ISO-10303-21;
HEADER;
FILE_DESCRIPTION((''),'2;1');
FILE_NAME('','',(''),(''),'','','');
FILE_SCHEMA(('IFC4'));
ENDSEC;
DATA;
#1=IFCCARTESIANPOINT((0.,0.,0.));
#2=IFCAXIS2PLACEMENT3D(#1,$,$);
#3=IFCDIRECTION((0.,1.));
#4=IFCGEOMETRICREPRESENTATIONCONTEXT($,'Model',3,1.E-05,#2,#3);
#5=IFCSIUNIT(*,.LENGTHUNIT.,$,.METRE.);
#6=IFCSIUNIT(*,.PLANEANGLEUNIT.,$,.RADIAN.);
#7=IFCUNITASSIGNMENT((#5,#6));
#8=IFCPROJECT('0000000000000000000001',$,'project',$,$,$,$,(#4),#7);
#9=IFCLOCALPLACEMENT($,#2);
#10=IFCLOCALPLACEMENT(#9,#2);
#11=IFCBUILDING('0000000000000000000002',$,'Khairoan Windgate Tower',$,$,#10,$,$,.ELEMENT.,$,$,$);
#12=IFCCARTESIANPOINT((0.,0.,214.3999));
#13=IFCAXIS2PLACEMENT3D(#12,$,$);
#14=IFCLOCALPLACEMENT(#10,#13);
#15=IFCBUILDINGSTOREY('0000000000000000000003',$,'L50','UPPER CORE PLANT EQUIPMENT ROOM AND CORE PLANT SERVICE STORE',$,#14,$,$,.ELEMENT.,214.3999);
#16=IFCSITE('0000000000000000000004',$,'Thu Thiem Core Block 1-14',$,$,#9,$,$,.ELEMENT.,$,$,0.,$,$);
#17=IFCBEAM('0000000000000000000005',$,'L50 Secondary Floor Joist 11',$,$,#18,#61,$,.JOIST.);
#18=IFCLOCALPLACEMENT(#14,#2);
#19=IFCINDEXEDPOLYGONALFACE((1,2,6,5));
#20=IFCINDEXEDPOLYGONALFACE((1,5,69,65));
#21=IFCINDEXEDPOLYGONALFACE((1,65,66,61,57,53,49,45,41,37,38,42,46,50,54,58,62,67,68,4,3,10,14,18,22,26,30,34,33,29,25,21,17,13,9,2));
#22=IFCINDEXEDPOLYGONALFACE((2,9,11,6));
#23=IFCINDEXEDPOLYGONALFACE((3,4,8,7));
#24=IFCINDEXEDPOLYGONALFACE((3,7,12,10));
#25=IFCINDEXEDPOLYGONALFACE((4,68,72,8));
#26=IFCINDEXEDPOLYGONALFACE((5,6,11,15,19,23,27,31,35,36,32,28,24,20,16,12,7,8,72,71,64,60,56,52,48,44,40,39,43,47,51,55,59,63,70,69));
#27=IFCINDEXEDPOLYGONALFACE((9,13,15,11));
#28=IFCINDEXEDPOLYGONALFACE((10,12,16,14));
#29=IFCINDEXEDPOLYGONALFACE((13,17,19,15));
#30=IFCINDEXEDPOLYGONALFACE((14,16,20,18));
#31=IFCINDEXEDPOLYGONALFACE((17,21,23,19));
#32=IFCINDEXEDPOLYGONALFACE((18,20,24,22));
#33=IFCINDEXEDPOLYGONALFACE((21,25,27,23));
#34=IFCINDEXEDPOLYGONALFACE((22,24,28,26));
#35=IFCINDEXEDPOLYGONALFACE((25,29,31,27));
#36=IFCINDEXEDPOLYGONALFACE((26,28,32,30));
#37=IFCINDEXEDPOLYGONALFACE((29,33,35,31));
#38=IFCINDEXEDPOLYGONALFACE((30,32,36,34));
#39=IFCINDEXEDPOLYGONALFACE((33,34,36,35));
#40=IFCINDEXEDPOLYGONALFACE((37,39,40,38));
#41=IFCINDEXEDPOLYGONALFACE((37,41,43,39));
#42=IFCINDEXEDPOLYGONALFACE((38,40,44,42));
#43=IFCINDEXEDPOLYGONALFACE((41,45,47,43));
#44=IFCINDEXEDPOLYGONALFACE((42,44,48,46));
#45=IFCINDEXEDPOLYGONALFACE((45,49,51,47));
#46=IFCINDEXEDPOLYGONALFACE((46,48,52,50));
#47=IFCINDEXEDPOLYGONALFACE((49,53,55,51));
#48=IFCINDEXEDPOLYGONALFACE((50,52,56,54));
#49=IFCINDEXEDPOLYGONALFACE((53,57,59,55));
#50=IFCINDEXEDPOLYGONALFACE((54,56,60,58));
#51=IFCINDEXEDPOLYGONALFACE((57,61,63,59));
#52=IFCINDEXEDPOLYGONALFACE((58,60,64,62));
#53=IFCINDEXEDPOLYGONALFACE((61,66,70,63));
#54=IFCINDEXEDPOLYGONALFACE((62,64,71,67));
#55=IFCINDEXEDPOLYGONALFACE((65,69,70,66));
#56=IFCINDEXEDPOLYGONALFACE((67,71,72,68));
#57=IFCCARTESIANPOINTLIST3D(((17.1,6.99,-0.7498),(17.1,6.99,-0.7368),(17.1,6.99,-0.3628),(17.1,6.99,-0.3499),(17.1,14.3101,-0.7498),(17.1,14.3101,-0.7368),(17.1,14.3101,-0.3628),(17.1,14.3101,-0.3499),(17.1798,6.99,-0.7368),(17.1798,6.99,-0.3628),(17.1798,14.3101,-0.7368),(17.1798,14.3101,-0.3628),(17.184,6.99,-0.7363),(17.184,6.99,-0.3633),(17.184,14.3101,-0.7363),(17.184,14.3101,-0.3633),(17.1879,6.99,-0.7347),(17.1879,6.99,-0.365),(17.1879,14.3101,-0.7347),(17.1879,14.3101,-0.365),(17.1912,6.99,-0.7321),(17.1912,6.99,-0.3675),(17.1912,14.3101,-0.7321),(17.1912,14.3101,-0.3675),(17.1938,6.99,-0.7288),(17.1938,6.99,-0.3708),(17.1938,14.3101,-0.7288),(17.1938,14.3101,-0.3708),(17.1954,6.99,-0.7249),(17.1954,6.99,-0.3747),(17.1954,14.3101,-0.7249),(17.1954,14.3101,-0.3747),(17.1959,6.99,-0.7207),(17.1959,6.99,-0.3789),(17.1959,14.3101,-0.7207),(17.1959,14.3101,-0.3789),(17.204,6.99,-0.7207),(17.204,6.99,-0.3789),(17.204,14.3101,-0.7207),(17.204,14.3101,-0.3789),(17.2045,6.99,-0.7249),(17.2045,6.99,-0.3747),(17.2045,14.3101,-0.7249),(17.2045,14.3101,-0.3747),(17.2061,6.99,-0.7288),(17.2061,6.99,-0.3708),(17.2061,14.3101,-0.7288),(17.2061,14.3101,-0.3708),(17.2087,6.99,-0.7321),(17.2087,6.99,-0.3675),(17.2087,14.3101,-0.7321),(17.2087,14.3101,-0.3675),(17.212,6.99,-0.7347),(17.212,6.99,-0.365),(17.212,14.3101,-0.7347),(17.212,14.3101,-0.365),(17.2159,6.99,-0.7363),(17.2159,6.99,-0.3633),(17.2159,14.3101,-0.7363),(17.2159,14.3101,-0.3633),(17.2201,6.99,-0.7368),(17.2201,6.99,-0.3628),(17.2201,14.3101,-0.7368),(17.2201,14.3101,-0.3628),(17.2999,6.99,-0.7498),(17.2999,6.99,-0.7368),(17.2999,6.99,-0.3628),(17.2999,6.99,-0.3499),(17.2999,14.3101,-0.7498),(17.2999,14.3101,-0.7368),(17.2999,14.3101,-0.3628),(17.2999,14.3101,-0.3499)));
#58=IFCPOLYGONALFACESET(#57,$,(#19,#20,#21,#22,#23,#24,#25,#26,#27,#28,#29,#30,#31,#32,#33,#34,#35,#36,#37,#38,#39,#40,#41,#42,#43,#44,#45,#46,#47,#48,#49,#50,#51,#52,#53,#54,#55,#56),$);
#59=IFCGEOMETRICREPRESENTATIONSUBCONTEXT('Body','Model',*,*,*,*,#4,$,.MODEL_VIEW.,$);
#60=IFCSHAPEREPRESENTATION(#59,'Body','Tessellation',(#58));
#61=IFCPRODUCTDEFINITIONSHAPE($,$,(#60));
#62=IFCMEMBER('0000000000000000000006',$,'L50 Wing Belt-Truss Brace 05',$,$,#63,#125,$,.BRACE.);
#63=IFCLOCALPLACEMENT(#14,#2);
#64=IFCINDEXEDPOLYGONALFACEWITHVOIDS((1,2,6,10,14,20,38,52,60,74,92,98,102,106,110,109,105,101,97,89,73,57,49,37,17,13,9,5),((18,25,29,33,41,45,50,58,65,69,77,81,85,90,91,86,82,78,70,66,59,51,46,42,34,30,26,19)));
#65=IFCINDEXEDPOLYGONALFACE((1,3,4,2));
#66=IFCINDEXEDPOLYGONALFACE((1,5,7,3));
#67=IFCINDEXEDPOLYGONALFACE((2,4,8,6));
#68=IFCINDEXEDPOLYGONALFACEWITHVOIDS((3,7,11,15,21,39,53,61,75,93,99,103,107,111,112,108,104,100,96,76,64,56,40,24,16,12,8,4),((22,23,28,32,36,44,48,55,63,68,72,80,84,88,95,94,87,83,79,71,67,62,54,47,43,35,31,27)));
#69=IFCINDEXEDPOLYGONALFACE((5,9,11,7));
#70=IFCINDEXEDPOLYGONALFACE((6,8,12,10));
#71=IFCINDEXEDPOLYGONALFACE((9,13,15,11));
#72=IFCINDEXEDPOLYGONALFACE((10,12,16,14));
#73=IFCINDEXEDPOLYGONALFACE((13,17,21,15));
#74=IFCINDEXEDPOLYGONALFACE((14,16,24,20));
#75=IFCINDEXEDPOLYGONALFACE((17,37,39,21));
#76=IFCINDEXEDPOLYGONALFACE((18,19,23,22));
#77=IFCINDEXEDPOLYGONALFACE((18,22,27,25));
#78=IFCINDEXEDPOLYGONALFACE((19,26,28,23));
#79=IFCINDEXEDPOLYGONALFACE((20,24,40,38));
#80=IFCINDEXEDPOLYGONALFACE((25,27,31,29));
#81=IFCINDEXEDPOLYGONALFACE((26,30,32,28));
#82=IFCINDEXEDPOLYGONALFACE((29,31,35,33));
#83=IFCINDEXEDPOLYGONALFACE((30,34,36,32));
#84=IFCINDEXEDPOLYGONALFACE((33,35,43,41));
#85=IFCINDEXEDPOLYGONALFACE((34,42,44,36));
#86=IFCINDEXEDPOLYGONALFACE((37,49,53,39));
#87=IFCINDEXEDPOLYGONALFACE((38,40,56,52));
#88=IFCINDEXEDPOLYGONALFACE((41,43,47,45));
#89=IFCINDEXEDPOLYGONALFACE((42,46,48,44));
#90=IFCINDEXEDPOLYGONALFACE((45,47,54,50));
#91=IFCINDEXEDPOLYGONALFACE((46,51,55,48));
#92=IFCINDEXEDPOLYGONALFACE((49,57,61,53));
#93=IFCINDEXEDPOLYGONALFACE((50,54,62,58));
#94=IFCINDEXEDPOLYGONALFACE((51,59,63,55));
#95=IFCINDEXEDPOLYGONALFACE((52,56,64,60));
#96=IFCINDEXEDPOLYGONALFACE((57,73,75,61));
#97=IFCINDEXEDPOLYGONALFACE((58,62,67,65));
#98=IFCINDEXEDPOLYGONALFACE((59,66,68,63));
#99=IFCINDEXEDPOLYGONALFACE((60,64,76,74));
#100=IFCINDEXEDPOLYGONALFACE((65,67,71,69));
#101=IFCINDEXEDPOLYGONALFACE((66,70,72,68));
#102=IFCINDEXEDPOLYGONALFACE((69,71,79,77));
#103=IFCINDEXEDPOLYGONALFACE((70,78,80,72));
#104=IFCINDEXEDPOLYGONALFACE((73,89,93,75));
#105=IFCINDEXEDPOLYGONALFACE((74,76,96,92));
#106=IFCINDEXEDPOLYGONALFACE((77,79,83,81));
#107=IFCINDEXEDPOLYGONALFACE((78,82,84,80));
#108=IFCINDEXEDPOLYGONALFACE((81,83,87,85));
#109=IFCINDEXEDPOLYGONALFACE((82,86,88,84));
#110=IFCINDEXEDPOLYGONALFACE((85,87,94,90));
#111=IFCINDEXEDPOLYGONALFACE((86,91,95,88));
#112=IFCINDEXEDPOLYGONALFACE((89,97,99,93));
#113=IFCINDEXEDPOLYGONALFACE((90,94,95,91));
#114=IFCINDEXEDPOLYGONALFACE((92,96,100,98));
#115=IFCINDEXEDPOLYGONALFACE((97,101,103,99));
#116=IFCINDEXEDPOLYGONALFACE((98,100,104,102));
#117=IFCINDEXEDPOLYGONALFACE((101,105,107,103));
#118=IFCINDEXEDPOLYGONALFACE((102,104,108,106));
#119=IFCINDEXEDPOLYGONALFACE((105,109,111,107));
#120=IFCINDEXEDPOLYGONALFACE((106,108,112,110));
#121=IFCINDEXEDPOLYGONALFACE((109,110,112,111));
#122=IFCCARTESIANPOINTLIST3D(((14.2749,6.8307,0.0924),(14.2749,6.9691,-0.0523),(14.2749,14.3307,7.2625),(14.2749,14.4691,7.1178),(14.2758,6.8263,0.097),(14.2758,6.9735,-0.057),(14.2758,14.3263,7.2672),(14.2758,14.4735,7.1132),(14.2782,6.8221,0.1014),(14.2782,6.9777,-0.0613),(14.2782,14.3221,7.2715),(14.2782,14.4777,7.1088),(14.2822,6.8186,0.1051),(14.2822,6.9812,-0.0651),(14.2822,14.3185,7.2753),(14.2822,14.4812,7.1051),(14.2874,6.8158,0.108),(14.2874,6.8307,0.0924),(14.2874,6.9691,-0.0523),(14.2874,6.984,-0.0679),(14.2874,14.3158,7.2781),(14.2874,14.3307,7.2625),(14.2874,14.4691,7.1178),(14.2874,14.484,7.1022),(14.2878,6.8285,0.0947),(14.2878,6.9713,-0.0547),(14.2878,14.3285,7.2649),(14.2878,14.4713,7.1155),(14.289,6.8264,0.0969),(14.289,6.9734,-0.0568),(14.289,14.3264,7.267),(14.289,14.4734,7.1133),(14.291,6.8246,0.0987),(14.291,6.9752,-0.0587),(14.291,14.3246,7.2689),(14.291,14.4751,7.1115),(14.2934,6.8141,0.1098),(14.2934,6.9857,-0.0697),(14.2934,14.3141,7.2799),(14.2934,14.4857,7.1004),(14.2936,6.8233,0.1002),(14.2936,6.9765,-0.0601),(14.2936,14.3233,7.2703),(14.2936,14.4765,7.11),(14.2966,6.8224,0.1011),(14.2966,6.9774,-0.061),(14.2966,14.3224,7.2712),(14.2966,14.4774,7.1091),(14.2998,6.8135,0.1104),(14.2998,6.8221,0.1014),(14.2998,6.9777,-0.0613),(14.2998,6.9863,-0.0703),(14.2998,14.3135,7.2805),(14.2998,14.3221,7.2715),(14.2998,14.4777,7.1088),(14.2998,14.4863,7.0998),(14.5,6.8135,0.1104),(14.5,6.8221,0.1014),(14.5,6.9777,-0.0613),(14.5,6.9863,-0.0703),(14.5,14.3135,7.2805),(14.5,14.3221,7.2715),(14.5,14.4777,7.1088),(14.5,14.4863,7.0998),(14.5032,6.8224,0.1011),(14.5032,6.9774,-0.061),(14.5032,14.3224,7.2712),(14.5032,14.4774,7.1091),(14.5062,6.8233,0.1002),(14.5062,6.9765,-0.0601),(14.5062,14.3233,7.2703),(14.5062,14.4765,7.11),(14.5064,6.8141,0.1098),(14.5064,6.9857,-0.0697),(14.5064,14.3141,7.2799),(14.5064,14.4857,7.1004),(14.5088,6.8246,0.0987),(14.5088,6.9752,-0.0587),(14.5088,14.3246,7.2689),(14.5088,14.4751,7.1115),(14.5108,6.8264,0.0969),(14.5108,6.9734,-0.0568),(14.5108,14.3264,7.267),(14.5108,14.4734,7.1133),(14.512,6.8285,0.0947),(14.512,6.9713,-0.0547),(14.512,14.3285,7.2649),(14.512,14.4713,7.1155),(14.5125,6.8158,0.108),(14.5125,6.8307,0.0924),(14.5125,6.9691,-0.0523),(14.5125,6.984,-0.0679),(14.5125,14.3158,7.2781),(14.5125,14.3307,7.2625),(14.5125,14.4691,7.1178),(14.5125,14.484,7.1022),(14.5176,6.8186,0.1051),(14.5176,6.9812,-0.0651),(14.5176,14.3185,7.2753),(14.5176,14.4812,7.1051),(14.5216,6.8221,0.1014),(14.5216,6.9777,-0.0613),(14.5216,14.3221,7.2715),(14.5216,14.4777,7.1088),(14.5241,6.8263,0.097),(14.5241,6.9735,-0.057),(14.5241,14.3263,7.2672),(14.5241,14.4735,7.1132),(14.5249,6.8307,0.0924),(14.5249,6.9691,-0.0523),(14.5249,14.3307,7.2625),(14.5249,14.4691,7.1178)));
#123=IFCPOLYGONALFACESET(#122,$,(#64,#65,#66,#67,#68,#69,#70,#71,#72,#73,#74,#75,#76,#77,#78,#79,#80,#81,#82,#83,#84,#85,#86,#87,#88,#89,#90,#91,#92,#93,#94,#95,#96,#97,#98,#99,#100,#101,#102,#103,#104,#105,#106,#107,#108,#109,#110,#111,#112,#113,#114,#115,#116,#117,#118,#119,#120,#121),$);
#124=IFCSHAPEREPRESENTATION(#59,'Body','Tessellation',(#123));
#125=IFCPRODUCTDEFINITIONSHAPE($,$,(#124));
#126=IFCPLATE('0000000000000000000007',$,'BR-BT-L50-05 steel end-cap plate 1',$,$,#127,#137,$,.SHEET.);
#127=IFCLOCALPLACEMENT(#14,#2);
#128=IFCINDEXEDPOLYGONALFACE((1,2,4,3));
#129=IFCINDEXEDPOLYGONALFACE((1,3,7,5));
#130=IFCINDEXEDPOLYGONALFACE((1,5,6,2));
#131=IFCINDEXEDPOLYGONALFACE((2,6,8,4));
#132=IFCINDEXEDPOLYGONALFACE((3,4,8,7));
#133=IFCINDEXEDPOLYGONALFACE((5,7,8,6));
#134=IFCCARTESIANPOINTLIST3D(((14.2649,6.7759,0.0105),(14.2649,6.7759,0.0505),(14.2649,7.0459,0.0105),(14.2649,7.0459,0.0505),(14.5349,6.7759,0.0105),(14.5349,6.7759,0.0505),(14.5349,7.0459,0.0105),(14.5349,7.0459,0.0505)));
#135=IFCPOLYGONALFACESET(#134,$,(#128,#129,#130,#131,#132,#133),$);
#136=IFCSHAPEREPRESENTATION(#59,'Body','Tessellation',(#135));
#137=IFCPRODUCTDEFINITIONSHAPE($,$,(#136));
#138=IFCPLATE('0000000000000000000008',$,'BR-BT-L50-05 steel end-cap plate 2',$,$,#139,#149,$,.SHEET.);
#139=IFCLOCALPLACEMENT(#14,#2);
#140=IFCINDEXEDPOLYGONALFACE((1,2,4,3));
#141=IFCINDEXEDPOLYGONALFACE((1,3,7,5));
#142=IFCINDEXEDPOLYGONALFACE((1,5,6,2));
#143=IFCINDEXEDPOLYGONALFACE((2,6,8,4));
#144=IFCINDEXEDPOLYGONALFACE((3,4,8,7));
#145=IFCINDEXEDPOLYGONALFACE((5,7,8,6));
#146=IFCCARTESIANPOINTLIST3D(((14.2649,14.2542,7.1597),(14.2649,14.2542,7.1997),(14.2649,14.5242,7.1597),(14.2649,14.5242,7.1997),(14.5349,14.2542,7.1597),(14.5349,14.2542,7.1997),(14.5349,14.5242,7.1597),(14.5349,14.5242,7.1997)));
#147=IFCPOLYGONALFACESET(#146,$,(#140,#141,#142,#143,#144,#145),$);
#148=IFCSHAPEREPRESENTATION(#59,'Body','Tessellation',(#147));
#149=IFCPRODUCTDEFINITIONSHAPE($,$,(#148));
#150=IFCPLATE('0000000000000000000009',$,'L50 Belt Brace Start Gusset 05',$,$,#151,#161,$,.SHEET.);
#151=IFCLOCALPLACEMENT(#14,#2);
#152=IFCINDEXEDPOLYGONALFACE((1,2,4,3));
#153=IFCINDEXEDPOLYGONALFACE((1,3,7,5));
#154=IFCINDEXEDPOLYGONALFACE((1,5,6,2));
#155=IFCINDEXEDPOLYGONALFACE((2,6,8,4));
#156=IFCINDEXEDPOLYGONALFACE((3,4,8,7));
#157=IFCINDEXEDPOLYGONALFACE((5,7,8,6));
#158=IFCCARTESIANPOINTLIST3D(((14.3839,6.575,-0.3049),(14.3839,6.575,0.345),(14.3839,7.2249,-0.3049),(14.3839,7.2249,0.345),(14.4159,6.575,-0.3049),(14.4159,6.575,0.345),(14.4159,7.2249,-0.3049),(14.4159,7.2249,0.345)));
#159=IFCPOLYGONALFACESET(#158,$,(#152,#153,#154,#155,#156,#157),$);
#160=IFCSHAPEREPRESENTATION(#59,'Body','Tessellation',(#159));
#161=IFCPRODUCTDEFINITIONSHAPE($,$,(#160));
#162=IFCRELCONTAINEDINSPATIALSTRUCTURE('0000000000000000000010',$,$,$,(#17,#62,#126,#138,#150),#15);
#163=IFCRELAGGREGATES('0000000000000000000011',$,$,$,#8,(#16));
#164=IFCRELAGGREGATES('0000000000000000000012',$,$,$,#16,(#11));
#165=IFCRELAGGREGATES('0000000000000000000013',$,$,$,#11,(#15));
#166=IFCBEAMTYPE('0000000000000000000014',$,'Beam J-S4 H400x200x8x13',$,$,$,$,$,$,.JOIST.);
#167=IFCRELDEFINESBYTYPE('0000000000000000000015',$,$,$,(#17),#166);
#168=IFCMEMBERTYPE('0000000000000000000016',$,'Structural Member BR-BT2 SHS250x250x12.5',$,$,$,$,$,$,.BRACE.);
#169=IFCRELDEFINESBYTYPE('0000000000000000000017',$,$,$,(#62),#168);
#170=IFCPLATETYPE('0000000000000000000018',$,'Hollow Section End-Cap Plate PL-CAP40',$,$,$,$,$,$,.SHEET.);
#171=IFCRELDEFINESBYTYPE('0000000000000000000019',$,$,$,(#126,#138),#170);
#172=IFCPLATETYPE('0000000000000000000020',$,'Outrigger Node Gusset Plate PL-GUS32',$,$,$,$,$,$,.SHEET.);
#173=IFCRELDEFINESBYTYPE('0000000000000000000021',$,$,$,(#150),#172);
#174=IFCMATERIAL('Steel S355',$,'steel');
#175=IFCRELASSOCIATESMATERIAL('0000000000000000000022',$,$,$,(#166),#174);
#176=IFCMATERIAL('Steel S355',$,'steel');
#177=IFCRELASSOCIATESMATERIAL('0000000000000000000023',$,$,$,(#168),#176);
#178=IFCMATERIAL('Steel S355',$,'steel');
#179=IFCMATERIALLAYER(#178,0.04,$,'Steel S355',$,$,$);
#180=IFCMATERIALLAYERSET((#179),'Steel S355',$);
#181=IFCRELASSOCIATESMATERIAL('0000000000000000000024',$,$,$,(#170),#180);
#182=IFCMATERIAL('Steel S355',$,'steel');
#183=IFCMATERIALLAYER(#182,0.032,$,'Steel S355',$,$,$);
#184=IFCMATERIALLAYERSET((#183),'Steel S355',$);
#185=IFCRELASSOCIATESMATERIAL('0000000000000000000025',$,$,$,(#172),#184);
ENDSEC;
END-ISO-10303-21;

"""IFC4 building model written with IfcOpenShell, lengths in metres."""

from ifc_helpers import new_model, si_unit, direction, frame, origin, origin_2d, place, context, subcontext, project, spatial, rectangle, hollow_rectangle, i_section, extrude, material, layer, layer_set, material_profile, profile_set, type_object, element, save


model = new_model("IFC4")

# Units and contexts
model_context = context("Model", 3, precision=1e-05, world=origin(), true_north=direction((0.0, 1.0)))
body_context = subcontext(model_context, "Body", "Model", "MODEL_VIEW")
ifc_project = project(units=[si_unit("LENGTHUNIT", "METRE"), si_unit("PLANEANGLEUNIT", "RADIAN")], contexts=[model_context])

# Site, building, storey
site_placement = place(None, origin())
site = spatial("IfcSite", under=ifc_project, at=site_placement, Name="Thu Thiem Core Block 1-14", CompositionType="ELEMENT", RefElevation=0.0)
building_placement = place(site_placement, origin())
building = spatial("IfcBuilding", under=site, at=building_placement, Name="Khairoan Windgate Tower", CompositionType="ELEMENT")
storey_placement = place(building_placement, frame((0.0, 0.0, 214.3999)))
storey = spatial("IfcBuildingStorey", under=building, at=storey_placement, Name="L50", Description="UPPER CORE PLANT EQUIPMENT ROOM AND CORE PLANT SERVICE STORE", CompositionType="ELEMENT", Elevation=214.3999)

# Beam
ifc_material_1 = material(Name="Steel S355", Category="steel")
ifc_material_profile_1 = material_profile(ifc_material_1, i_section(OverallWidth=0.2, OverallDepth=0.3999, WebThickness=0.0081, FlangeThickness=0.0129, FilletRadius=0.0161, at=origin_2d()))
ifc_profile_set_1 = profile_set([ifc_material_profile_1], Name="Steel S355")
beam_type_1 = type_object("IfcBeamType", Name="Beam J-S4 H400x200x8x13", PredefinedType="JOIST", material=ifc_profile_set_1)
beam_1_placement = place(storey_placement, frame((17.2, 6.99, -0.5498), z_axis=(0.0, 1.0, 0.0), x_axis=(-1.0, 0.0, 0.0)))
element("IfcBeam", 1, at=beam_1_placement, inside=storey, type_object=beam_type_1, Name="L50 Secondary Floor Joist 11", PredefinedType="JOIST", context=body_context, shape_type="SweptSolid", body=[
    extrude(i_section(OverallWidth=0.2, OverallDepth=0.3999, WebThickness=0.0081, FlangeThickness=0.0129, FilletRadius=0.0161, at=origin_2d()), origin(), (0.0, 0.0, 1.0), 7.3201),
])

# Member
ifc_material_2 = material(Name="Steel S355", Category="steel")
ifc_material_profile_2 = material_profile(ifc_material_2, hollow_rectangle(XDim=0.25, YDim=0.25, WallThickness=0.0125, InnerFilletRadius=0.0125, OuterFilletRadius=0.0249, at=origin_2d()))
ifc_profile_set_2 = profile_set([ifc_material_profile_2], Name="Steel S355")
member_type = type_object("IfcMemberType", Name="Structural Member BR-BT2 SHS250x250x12.5", PredefinedType="BRACE", material=ifc_profile_set_2)
member_placement = place(storey_placement, frame((14.3999, 6.8999, 0.02), z_axis=(0.0, 0.722822, 0.691034), x_axis=(0.0, -0.691034, 0.722822)))
element("IfcMember", 2, at=member_placement, inside=storey, type_object=member_type, Name="L50 Wing Belt-Truss Brace 05", PredefinedType="BRACE", context=body_context, shape_type="SweptSolid", body=[
    extrude(hollow_rectangle(XDim=0.25, YDim=0.25, WallThickness=0.0125, InnerFilletRadius=0.0125, OuterFilletRadius=0.0249, at=origin_2d()), origin(), (0.0, 0.0, 1.0), 10.376),
])

# Plates
ifc_material_3 = material(Name="Steel S355", Category="steel")
ifc_layer_1 = layer(ifc_material_3, 0.04, Name="Steel S355")
ifc_layer_set_1 = layer_set([ifc_layer_1], Name="Steel S355")
plate_type_1 = type_object("IfcPlateType", Name="Hollow Section End-Cap Plate PL-CAP40", PredefinedType="SHEET", material=ifc_layer_set_1)
for number, where, z_axis, x_axis, name in (
    (3, (14.3999, 6.9109, 0.0105), (0.0, 0.0, 1.0), (0.0, 1.0, 0.0), "BR-BT-L50-05 steel end-cap plate 1"),
    (4, (14.3999, 14.3892, 7.1597), (0.0, 0.0, 1.0), (0.0, 1.0, 0.0), "BR-BT-L50-05 steel end-cap plate 2"),
):
    element("IfcPlate", number, at=place(storey_placement, frame(where, z_axis=z_axis, x_axis=x_axis)), inside=storey, type_object=plate_type_1, Name=name, PredefinedType="SHEET", context=body_context, shape_type="SweptSolid", body=[
        extrude(rectangle(XDim=0.27, YDim=0.27, at=origin_2d()), origin(), (0.0, 0.0, 1.0), 0.04),
    ])
ifc_material_4 = material(Name="Steel S355", Category="steel")
ifc_layer_2 = layer(ifc_material_4, 0.032, Name="Steel S355")
ifc_layer_set_2 = layer_set([ifc_layer_2], Name="Steel S355")
plate_type_2 = type_object("IfcPlateType", Name="Outrigger Node Gusset Plate PL-GUS32", PredefinedType="SHEET", material=ifc_layer_set_2)
plate_placement = place(storey_placement, frame((14.3999, 6.8999, -0.3049), z_axis=(0.0, 0.0, 1.0), x_axis=(1.0, 0.0, 0.0)))
element("IfcPlate", 5, at=plate_placement, inside=storey, type_object=plate_type_2, Name="L50 Belt Brace Start Gusset 05", PredefinedType="SHEET", context=body_context, shape_type="SweptSolid", body=[
    extrude(rectangle(XDim=0.032, YDim=0.6499, at=origin_2d()), origin(), (0.0, 0.0, 1.0), 0.6499),
])

save(model, "model.ifc")
